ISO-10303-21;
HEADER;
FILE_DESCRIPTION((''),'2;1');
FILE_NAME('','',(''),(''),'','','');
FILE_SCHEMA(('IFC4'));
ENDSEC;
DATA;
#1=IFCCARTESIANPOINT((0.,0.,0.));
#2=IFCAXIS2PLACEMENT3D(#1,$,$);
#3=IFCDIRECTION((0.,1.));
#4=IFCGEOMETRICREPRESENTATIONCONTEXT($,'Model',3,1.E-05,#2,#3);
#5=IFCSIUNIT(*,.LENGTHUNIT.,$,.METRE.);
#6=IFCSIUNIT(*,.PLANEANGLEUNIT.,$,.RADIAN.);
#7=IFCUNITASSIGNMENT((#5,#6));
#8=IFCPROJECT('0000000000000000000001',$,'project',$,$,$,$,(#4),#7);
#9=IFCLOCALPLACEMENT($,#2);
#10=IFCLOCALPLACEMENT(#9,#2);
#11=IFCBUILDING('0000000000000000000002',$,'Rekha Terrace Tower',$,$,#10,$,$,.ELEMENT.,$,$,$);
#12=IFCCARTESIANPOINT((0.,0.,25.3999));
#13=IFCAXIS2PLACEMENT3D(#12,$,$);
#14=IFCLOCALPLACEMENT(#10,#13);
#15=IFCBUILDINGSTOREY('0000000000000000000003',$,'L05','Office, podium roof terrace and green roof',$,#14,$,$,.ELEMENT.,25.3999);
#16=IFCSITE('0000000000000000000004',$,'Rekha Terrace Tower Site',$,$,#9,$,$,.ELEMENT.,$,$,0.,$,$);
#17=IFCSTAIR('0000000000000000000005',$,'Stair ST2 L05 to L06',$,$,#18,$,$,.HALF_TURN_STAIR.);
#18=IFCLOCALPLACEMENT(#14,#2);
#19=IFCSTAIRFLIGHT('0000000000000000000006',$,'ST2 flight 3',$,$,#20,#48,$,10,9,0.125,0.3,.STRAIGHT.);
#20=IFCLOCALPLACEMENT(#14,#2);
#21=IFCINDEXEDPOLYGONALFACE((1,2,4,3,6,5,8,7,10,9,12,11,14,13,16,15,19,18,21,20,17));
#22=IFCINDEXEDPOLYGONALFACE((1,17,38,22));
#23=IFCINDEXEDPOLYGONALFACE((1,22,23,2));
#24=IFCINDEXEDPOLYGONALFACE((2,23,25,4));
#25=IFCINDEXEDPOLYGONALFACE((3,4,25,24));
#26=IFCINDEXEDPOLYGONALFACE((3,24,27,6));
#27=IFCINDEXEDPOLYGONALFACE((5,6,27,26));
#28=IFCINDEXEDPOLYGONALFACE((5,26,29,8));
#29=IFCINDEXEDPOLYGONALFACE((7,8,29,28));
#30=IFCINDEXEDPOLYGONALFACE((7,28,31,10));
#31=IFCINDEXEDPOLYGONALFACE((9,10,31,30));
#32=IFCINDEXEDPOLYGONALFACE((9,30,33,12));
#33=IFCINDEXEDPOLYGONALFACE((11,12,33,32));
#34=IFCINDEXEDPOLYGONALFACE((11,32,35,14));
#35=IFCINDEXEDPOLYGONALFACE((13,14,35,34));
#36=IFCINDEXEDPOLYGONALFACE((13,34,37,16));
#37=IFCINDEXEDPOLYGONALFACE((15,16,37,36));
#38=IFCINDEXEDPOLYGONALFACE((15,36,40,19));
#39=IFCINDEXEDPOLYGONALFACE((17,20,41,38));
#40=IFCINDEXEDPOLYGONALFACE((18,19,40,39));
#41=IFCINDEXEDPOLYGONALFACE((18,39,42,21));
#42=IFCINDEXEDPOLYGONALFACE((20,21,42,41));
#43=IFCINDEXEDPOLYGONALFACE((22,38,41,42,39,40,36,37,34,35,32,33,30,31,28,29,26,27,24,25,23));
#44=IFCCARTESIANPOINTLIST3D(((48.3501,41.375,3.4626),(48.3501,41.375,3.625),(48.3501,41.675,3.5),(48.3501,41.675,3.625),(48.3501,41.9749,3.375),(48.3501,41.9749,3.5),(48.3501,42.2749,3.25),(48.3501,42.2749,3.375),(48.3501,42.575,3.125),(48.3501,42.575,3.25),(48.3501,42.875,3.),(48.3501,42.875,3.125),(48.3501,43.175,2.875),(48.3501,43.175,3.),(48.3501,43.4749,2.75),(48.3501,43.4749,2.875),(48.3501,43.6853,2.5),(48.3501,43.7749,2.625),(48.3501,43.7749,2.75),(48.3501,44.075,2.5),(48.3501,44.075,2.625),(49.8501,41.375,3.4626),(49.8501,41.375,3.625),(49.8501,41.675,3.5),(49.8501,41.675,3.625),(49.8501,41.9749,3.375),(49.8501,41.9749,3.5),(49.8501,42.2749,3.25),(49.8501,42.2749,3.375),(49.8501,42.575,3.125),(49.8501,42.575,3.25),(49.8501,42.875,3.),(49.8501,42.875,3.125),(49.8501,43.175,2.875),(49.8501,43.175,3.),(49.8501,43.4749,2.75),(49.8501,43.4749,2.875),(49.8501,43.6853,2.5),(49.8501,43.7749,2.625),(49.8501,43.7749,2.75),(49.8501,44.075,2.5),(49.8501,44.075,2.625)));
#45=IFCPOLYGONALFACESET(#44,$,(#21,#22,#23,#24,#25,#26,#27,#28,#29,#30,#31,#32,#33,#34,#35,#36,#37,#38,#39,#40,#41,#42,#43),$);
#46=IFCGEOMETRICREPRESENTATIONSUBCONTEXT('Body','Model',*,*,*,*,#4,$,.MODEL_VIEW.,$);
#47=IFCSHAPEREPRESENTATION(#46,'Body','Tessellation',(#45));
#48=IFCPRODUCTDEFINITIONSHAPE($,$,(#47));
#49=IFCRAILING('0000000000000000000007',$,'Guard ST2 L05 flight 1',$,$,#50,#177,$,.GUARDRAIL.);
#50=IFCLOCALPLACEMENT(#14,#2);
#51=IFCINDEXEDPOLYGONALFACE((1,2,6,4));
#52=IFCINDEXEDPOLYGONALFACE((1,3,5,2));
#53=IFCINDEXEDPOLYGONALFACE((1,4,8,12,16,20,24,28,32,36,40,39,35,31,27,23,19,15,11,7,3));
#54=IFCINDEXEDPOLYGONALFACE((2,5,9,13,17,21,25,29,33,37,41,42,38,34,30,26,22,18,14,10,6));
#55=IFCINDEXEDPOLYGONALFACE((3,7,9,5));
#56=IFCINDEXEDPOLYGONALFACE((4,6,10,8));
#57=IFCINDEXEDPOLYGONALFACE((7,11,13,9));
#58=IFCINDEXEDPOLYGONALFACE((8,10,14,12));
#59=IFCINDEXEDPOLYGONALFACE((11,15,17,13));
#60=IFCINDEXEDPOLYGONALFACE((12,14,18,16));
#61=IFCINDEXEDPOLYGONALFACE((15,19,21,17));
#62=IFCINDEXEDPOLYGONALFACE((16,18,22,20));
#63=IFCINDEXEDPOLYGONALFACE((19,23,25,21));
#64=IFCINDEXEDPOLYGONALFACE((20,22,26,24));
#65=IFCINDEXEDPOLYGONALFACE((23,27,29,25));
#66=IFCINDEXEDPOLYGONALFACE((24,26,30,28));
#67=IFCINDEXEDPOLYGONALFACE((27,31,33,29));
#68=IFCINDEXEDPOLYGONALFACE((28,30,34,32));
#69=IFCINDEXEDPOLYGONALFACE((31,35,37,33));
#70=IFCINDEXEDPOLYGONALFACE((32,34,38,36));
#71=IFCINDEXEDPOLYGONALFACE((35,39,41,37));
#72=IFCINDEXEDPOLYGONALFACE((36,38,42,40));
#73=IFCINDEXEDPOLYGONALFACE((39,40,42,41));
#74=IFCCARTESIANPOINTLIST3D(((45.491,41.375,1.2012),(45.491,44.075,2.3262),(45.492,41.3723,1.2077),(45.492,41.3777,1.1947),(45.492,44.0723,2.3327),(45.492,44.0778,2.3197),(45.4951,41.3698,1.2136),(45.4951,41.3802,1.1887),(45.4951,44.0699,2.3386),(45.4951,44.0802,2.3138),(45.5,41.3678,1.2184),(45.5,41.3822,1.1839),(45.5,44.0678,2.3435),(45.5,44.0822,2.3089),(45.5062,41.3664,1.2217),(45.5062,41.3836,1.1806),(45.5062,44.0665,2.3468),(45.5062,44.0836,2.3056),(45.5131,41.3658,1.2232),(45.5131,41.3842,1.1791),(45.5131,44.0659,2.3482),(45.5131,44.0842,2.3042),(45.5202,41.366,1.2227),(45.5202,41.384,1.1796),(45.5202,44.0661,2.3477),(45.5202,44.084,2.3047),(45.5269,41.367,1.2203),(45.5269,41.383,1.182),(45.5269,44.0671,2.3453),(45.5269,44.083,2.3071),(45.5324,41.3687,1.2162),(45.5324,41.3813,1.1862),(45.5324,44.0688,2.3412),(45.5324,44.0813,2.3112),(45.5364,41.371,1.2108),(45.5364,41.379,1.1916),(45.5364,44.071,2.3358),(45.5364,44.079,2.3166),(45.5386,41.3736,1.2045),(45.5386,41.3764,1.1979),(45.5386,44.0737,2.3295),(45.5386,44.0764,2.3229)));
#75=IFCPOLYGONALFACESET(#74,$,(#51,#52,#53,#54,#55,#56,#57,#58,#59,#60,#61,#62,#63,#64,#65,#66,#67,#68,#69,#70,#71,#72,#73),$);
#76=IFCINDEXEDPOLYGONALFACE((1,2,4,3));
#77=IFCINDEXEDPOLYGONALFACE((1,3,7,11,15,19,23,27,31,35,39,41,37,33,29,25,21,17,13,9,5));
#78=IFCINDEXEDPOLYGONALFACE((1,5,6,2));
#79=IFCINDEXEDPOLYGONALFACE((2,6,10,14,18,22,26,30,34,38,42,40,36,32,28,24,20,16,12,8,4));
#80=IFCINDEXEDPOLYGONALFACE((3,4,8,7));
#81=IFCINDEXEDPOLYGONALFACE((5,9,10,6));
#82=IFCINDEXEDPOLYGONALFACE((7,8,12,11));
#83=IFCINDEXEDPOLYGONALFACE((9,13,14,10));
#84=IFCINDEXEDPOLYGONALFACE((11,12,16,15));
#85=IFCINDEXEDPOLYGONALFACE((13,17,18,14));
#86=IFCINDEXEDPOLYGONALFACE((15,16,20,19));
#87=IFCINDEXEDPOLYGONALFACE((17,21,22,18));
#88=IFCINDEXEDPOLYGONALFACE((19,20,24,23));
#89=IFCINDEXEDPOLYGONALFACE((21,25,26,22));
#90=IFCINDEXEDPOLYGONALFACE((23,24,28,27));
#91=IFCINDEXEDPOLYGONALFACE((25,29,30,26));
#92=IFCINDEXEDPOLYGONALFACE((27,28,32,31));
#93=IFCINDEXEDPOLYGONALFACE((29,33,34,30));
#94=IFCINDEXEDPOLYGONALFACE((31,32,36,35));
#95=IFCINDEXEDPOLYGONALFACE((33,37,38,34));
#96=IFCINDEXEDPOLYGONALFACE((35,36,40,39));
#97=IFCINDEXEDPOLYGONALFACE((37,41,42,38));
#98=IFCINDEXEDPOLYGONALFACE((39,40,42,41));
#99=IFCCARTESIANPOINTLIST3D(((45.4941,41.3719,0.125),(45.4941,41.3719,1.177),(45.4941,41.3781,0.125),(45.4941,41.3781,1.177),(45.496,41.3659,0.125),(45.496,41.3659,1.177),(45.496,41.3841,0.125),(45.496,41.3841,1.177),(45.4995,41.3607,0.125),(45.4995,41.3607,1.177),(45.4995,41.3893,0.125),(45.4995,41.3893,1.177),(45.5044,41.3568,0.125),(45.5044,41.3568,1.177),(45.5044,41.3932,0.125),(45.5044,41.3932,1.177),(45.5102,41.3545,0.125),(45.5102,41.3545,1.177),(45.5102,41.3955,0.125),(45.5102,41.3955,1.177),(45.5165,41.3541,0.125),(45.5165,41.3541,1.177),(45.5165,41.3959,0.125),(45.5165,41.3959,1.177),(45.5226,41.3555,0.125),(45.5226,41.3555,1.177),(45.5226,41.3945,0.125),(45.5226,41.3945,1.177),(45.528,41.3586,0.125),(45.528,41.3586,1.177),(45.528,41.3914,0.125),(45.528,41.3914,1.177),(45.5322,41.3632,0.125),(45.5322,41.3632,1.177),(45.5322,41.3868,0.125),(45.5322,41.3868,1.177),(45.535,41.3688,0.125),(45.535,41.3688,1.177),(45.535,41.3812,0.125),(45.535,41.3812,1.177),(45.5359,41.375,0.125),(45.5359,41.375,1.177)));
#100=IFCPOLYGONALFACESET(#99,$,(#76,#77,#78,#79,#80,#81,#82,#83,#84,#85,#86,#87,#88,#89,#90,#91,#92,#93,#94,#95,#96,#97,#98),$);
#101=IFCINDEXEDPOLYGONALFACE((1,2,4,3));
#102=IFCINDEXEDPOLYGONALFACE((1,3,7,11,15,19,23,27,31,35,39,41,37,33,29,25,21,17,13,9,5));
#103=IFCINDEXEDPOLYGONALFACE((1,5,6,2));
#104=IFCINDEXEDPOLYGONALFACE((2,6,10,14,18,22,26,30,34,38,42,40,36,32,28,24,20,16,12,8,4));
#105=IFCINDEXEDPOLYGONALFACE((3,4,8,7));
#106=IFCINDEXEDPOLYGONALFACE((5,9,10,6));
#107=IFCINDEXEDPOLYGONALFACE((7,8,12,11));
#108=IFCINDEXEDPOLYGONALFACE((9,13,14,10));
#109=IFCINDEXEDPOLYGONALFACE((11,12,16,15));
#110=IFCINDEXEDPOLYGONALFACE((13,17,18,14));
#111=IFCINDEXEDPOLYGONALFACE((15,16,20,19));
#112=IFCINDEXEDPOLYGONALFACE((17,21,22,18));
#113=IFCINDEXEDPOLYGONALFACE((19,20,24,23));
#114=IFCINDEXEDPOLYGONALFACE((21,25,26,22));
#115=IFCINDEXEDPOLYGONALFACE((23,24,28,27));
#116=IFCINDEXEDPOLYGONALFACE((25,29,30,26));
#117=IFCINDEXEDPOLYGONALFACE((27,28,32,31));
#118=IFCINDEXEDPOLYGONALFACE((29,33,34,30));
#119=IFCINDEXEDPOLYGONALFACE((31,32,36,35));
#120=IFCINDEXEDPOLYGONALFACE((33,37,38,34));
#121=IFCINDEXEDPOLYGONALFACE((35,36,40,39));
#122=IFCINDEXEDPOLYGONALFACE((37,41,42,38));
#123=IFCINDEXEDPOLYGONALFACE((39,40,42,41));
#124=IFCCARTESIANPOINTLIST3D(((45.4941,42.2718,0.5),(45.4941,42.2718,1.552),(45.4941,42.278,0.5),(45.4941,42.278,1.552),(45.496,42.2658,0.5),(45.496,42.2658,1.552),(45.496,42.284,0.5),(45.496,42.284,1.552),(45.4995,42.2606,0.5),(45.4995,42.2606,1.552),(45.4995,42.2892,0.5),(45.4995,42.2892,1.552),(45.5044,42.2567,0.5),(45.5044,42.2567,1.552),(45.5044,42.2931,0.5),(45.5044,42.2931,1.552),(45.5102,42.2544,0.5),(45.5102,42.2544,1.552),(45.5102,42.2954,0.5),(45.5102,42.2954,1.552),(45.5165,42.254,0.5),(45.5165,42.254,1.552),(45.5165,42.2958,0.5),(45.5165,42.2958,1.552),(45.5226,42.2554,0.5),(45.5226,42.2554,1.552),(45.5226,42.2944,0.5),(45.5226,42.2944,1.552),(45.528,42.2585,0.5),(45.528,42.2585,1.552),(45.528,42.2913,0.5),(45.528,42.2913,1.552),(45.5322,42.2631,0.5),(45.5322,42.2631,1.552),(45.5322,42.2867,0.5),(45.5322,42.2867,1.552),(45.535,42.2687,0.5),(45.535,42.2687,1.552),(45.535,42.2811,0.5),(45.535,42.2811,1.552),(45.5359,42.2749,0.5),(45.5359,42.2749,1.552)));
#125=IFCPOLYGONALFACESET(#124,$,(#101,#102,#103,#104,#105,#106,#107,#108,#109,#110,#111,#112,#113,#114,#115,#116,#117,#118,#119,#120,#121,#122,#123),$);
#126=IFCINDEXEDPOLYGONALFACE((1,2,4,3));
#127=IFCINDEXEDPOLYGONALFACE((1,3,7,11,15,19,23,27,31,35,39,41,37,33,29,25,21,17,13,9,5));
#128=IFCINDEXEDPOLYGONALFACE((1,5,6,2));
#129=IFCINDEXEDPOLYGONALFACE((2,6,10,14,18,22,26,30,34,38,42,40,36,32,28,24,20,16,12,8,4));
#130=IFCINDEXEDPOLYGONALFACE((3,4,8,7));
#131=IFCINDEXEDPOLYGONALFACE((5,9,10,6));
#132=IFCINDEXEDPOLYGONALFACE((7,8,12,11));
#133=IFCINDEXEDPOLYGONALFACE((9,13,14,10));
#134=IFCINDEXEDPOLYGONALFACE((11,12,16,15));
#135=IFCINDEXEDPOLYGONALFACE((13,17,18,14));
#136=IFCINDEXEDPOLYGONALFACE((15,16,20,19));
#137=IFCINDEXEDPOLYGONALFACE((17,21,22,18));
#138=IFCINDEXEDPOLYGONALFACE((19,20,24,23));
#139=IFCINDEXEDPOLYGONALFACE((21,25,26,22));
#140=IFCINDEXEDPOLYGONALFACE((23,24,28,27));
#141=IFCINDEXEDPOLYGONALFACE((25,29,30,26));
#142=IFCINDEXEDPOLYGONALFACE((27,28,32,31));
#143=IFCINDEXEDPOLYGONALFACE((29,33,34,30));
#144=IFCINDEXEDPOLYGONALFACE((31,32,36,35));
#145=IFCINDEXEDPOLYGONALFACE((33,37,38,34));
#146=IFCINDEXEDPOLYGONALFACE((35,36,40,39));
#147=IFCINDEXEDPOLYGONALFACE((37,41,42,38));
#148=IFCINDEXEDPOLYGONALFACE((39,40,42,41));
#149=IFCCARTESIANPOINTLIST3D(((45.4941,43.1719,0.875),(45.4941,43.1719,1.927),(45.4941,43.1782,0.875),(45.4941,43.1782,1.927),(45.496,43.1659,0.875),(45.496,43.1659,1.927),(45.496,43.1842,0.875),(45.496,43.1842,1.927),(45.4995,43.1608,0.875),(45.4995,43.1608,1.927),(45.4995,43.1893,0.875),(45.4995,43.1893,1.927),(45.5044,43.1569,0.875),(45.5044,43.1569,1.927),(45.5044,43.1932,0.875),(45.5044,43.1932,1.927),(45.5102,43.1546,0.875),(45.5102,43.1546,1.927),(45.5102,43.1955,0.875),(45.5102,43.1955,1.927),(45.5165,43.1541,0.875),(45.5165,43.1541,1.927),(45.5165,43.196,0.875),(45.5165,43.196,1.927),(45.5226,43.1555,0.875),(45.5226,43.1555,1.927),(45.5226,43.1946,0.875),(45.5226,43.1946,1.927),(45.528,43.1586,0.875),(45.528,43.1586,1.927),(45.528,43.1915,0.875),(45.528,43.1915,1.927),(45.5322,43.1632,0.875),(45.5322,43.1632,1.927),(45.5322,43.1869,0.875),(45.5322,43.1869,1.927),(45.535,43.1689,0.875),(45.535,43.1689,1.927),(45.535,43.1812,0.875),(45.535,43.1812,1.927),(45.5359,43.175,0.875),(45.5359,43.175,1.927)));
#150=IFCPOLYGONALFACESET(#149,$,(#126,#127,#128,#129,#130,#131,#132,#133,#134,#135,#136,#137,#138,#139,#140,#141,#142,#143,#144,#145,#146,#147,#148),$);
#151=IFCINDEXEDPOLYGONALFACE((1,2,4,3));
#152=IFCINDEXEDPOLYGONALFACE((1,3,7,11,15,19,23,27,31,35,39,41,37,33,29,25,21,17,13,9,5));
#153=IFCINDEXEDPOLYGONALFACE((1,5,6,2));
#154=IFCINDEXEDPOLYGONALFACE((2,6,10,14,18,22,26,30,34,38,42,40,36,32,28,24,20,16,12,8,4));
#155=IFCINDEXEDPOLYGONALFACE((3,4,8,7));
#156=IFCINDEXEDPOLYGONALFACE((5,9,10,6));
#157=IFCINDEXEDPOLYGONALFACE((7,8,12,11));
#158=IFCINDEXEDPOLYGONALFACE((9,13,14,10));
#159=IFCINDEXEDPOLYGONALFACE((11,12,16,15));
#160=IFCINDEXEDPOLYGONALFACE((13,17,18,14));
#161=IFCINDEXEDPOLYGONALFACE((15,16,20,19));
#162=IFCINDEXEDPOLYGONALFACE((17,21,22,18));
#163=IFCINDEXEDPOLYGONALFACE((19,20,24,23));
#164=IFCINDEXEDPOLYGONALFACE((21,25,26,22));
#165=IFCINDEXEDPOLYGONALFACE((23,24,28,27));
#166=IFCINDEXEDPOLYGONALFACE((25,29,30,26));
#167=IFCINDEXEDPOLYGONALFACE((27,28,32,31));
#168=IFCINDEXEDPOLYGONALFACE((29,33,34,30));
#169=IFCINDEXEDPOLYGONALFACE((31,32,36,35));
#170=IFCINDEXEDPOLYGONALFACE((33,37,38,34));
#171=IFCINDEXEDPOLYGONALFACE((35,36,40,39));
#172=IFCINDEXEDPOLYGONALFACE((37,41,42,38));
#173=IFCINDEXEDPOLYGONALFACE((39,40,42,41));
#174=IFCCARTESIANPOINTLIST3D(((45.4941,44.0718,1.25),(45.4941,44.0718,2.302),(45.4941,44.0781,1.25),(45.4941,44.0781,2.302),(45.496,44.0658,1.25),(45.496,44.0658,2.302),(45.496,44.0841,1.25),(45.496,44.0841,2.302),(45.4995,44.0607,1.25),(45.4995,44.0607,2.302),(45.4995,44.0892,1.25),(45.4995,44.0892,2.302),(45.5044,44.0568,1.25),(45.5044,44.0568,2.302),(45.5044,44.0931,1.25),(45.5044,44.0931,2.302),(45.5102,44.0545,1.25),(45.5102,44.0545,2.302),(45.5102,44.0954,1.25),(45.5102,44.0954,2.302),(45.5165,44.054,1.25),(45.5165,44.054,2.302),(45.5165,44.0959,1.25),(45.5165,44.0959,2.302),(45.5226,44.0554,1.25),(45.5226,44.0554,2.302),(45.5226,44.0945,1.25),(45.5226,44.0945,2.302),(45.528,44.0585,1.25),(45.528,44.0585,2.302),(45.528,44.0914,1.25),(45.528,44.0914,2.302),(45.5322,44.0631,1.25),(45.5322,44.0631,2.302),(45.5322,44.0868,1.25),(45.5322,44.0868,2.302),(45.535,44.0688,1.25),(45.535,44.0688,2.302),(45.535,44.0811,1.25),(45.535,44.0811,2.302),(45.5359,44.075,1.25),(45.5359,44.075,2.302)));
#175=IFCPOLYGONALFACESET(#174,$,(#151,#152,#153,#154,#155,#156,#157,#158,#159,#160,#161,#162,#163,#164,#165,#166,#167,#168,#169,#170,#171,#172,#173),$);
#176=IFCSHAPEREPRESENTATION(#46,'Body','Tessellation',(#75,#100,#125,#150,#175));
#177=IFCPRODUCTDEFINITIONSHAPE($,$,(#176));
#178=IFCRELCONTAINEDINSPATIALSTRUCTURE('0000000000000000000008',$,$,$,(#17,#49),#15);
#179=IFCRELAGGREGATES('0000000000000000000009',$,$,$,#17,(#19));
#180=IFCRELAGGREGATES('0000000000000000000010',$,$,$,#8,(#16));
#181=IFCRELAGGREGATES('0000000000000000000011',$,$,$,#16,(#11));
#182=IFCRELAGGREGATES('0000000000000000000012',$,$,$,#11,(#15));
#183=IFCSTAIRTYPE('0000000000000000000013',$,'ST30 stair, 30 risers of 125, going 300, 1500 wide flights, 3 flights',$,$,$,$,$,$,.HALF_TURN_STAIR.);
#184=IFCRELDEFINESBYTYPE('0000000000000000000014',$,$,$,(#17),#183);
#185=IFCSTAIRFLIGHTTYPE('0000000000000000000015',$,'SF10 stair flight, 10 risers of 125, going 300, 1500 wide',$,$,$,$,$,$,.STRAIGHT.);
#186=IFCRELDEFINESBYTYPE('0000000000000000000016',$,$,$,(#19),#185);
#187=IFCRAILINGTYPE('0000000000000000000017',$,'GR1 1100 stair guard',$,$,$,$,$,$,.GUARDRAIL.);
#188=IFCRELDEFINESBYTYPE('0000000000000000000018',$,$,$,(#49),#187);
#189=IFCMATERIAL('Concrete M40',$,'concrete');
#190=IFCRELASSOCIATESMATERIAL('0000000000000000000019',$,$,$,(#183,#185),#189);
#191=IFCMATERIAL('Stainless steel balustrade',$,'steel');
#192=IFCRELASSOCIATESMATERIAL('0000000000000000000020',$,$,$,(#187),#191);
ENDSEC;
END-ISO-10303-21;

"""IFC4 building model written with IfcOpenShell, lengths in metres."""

from ifc_helpers import new_model, si_unit, direction, frame, origin, origin_2d, place, context, subcontext, project, spatial, polyline, circle, outline, extrude, material, type_object, element, aggregate, save


model = new_model("IFC4")

# Units and contexts
model_context = context("Model", 3, precision=1e-05, world=origin(), true_north=direction((0.0, 1.0)))
body_context = subcontext(model_context, "Body", "Model", "MODEL_VIEW")
ifc_project = project(units=[si_unit("LENGTHUNIT", "METRE"), si_unit("PLANEANGLEUNIT", "RADIAN")], contexts=[model_context])

# Site, building, storey
site_placement = place(None, origin())
site = spatial("IfcSite", under=ifc_project, at=site_placement, Name="Rekha Terrace Tower Site", CompositionType="ELEMENT", RefElevation=0.0)
building_placement = place(site_placement, origin())
building = spatial("IfcBuilding", under=site, at=building_placement, Name="Rekha Terrace Tower", CompositionType="ELEMENT")
storey_placement = place(building_placement, frame((0.0, 0.0, 25.3999)))
storey = spatial("IfcBuildingStorey", under=building, at=storey_placement, Name="L05", Description="Office, podium roof terrace and green roof", CompositionType="ELEMENT", Elevation=25.3999)

# Stair, stair flight
ifc_material_1 = material(Name="Concrete M40", Category="concrete")
stair_type = type_object("IfcStairType", Name="ST30 stair, 30 risers of 125, going 300, 1500 wide flights, 3 flights", PredefinedType="HALF_TURN_STAIR", material=ifc_material_1)
stair_placement = place(storey_placement, origin())
stair = element("IfcStair", 1, at=stair_placement, inside=storey, type_object=stair_type, Name="Stair ST2 L05 to L06", PredefinedType="HALF_TURN_STAIR")
stair_flight_type = type_object("IfcStairFlightType", Name="SF10 stair flight, 10 risers of 125, going 300, 1500 wide", PredefinedType="STRAIGHT", material=ifc_material_1)
stair_flight_1_placement = place(storey_placement, frame((49.1001, 44.075, 2.5), z_axis=(0.0, 0.0, 1.0), x_axis=(0.0, -1.0, 0.0)))
stair_flight_1 = element("IfcStairFlight", 2, at=stair_flight_1_placement, type_object=stair_flight_type, Name="ST2 flight 3", NumberOfRisers=10, NumberOfTreads=9, PredefinedType="STRAIGHT", RiserHeight=0.125, TreadLength=0.3, context=body_context, shape_type="SweptSolid", body=[
    extrude(outline(polyline([(0.0, 0.0), (0.0, 0.125), (0.3, 0.125), (0.3, 0.25), (0.6001, 0.25), (0.6001, 0.375), (0.8999, 0.375), (0.8999, 0.5), (1.2, 0.5), (1.2, 0.625), (1.5, 0.625), (1.5, 0.75), (1.8, 0.75), (1.8, 0.875), (2.1001, 0.875), (2.1001, 1.0), (2.3999, 1.0), (2.3999, 1.125), (2.7, 1.125), (2.7, 1.25), (2.7, 0.9626), (0.3896, 0.0), (0.0, 0.0)])), frame((0.0, 0.75, 0.0), z_axis=(0.0, -1.0, 0.0), x_axis=(1.0, 0.0, 0.0)), (0.0, 0.0, 1.0), 1.5),
])
aggregate(stair, [stair_flight_1])

# Railing
ifc_material_2 = material(Name="Stainless steel balustrade", Category="steel")
railing_type_1 = type_object("IfcRailingType", Name="GR1 1100 stair guard", PredefinedType="GUARDRAIL", material=ifc_material_2)
railing_1_placement = place(storey_placement, frame((45.5149, 41.375, 0.125)))
element("IfcRailing", 3, at=railing_1_placement, inside=storey, type_object=railing_type_1, Name="Guard ST2 L05 flight 1", PredefinedType="GUARDRAIL", context=body_context, shape_type="SweptSolid", body=[
    extrude(circle(Radius=0.0239, at=origin_2d()), frame((0.0, 0.0, 1.0762), z_axis=(0.0, 0.923074, 0.384621), x_axis=(-1.0, 0.0, 0.0)), (0.0, 0.0, 1.0), 2.925),
    extrude(circle(Radius=0.021, at=origin_2d()), origin(), (0.0, 0.0, 1.0), 1.052),
    extrude(circle(Radius=0.021, at=origin_2d()), frame((0.0, 0.8999, 0.375)), (0.0, 0.0, 1.0), 1.052),
    extrude(circle(Radius=0.021, at=origin_2d()), frame((0.0, 1.8, 0.75)), (0.0, 0.0, 1.0), 1.052),
    extrude(circle(Radius=0.021, at=origin_2d()), frame((0.0, 2.7, 1.125)), (0.0, 0.0, 1.0), 1.052),
])

save(model, "model.ifc")
